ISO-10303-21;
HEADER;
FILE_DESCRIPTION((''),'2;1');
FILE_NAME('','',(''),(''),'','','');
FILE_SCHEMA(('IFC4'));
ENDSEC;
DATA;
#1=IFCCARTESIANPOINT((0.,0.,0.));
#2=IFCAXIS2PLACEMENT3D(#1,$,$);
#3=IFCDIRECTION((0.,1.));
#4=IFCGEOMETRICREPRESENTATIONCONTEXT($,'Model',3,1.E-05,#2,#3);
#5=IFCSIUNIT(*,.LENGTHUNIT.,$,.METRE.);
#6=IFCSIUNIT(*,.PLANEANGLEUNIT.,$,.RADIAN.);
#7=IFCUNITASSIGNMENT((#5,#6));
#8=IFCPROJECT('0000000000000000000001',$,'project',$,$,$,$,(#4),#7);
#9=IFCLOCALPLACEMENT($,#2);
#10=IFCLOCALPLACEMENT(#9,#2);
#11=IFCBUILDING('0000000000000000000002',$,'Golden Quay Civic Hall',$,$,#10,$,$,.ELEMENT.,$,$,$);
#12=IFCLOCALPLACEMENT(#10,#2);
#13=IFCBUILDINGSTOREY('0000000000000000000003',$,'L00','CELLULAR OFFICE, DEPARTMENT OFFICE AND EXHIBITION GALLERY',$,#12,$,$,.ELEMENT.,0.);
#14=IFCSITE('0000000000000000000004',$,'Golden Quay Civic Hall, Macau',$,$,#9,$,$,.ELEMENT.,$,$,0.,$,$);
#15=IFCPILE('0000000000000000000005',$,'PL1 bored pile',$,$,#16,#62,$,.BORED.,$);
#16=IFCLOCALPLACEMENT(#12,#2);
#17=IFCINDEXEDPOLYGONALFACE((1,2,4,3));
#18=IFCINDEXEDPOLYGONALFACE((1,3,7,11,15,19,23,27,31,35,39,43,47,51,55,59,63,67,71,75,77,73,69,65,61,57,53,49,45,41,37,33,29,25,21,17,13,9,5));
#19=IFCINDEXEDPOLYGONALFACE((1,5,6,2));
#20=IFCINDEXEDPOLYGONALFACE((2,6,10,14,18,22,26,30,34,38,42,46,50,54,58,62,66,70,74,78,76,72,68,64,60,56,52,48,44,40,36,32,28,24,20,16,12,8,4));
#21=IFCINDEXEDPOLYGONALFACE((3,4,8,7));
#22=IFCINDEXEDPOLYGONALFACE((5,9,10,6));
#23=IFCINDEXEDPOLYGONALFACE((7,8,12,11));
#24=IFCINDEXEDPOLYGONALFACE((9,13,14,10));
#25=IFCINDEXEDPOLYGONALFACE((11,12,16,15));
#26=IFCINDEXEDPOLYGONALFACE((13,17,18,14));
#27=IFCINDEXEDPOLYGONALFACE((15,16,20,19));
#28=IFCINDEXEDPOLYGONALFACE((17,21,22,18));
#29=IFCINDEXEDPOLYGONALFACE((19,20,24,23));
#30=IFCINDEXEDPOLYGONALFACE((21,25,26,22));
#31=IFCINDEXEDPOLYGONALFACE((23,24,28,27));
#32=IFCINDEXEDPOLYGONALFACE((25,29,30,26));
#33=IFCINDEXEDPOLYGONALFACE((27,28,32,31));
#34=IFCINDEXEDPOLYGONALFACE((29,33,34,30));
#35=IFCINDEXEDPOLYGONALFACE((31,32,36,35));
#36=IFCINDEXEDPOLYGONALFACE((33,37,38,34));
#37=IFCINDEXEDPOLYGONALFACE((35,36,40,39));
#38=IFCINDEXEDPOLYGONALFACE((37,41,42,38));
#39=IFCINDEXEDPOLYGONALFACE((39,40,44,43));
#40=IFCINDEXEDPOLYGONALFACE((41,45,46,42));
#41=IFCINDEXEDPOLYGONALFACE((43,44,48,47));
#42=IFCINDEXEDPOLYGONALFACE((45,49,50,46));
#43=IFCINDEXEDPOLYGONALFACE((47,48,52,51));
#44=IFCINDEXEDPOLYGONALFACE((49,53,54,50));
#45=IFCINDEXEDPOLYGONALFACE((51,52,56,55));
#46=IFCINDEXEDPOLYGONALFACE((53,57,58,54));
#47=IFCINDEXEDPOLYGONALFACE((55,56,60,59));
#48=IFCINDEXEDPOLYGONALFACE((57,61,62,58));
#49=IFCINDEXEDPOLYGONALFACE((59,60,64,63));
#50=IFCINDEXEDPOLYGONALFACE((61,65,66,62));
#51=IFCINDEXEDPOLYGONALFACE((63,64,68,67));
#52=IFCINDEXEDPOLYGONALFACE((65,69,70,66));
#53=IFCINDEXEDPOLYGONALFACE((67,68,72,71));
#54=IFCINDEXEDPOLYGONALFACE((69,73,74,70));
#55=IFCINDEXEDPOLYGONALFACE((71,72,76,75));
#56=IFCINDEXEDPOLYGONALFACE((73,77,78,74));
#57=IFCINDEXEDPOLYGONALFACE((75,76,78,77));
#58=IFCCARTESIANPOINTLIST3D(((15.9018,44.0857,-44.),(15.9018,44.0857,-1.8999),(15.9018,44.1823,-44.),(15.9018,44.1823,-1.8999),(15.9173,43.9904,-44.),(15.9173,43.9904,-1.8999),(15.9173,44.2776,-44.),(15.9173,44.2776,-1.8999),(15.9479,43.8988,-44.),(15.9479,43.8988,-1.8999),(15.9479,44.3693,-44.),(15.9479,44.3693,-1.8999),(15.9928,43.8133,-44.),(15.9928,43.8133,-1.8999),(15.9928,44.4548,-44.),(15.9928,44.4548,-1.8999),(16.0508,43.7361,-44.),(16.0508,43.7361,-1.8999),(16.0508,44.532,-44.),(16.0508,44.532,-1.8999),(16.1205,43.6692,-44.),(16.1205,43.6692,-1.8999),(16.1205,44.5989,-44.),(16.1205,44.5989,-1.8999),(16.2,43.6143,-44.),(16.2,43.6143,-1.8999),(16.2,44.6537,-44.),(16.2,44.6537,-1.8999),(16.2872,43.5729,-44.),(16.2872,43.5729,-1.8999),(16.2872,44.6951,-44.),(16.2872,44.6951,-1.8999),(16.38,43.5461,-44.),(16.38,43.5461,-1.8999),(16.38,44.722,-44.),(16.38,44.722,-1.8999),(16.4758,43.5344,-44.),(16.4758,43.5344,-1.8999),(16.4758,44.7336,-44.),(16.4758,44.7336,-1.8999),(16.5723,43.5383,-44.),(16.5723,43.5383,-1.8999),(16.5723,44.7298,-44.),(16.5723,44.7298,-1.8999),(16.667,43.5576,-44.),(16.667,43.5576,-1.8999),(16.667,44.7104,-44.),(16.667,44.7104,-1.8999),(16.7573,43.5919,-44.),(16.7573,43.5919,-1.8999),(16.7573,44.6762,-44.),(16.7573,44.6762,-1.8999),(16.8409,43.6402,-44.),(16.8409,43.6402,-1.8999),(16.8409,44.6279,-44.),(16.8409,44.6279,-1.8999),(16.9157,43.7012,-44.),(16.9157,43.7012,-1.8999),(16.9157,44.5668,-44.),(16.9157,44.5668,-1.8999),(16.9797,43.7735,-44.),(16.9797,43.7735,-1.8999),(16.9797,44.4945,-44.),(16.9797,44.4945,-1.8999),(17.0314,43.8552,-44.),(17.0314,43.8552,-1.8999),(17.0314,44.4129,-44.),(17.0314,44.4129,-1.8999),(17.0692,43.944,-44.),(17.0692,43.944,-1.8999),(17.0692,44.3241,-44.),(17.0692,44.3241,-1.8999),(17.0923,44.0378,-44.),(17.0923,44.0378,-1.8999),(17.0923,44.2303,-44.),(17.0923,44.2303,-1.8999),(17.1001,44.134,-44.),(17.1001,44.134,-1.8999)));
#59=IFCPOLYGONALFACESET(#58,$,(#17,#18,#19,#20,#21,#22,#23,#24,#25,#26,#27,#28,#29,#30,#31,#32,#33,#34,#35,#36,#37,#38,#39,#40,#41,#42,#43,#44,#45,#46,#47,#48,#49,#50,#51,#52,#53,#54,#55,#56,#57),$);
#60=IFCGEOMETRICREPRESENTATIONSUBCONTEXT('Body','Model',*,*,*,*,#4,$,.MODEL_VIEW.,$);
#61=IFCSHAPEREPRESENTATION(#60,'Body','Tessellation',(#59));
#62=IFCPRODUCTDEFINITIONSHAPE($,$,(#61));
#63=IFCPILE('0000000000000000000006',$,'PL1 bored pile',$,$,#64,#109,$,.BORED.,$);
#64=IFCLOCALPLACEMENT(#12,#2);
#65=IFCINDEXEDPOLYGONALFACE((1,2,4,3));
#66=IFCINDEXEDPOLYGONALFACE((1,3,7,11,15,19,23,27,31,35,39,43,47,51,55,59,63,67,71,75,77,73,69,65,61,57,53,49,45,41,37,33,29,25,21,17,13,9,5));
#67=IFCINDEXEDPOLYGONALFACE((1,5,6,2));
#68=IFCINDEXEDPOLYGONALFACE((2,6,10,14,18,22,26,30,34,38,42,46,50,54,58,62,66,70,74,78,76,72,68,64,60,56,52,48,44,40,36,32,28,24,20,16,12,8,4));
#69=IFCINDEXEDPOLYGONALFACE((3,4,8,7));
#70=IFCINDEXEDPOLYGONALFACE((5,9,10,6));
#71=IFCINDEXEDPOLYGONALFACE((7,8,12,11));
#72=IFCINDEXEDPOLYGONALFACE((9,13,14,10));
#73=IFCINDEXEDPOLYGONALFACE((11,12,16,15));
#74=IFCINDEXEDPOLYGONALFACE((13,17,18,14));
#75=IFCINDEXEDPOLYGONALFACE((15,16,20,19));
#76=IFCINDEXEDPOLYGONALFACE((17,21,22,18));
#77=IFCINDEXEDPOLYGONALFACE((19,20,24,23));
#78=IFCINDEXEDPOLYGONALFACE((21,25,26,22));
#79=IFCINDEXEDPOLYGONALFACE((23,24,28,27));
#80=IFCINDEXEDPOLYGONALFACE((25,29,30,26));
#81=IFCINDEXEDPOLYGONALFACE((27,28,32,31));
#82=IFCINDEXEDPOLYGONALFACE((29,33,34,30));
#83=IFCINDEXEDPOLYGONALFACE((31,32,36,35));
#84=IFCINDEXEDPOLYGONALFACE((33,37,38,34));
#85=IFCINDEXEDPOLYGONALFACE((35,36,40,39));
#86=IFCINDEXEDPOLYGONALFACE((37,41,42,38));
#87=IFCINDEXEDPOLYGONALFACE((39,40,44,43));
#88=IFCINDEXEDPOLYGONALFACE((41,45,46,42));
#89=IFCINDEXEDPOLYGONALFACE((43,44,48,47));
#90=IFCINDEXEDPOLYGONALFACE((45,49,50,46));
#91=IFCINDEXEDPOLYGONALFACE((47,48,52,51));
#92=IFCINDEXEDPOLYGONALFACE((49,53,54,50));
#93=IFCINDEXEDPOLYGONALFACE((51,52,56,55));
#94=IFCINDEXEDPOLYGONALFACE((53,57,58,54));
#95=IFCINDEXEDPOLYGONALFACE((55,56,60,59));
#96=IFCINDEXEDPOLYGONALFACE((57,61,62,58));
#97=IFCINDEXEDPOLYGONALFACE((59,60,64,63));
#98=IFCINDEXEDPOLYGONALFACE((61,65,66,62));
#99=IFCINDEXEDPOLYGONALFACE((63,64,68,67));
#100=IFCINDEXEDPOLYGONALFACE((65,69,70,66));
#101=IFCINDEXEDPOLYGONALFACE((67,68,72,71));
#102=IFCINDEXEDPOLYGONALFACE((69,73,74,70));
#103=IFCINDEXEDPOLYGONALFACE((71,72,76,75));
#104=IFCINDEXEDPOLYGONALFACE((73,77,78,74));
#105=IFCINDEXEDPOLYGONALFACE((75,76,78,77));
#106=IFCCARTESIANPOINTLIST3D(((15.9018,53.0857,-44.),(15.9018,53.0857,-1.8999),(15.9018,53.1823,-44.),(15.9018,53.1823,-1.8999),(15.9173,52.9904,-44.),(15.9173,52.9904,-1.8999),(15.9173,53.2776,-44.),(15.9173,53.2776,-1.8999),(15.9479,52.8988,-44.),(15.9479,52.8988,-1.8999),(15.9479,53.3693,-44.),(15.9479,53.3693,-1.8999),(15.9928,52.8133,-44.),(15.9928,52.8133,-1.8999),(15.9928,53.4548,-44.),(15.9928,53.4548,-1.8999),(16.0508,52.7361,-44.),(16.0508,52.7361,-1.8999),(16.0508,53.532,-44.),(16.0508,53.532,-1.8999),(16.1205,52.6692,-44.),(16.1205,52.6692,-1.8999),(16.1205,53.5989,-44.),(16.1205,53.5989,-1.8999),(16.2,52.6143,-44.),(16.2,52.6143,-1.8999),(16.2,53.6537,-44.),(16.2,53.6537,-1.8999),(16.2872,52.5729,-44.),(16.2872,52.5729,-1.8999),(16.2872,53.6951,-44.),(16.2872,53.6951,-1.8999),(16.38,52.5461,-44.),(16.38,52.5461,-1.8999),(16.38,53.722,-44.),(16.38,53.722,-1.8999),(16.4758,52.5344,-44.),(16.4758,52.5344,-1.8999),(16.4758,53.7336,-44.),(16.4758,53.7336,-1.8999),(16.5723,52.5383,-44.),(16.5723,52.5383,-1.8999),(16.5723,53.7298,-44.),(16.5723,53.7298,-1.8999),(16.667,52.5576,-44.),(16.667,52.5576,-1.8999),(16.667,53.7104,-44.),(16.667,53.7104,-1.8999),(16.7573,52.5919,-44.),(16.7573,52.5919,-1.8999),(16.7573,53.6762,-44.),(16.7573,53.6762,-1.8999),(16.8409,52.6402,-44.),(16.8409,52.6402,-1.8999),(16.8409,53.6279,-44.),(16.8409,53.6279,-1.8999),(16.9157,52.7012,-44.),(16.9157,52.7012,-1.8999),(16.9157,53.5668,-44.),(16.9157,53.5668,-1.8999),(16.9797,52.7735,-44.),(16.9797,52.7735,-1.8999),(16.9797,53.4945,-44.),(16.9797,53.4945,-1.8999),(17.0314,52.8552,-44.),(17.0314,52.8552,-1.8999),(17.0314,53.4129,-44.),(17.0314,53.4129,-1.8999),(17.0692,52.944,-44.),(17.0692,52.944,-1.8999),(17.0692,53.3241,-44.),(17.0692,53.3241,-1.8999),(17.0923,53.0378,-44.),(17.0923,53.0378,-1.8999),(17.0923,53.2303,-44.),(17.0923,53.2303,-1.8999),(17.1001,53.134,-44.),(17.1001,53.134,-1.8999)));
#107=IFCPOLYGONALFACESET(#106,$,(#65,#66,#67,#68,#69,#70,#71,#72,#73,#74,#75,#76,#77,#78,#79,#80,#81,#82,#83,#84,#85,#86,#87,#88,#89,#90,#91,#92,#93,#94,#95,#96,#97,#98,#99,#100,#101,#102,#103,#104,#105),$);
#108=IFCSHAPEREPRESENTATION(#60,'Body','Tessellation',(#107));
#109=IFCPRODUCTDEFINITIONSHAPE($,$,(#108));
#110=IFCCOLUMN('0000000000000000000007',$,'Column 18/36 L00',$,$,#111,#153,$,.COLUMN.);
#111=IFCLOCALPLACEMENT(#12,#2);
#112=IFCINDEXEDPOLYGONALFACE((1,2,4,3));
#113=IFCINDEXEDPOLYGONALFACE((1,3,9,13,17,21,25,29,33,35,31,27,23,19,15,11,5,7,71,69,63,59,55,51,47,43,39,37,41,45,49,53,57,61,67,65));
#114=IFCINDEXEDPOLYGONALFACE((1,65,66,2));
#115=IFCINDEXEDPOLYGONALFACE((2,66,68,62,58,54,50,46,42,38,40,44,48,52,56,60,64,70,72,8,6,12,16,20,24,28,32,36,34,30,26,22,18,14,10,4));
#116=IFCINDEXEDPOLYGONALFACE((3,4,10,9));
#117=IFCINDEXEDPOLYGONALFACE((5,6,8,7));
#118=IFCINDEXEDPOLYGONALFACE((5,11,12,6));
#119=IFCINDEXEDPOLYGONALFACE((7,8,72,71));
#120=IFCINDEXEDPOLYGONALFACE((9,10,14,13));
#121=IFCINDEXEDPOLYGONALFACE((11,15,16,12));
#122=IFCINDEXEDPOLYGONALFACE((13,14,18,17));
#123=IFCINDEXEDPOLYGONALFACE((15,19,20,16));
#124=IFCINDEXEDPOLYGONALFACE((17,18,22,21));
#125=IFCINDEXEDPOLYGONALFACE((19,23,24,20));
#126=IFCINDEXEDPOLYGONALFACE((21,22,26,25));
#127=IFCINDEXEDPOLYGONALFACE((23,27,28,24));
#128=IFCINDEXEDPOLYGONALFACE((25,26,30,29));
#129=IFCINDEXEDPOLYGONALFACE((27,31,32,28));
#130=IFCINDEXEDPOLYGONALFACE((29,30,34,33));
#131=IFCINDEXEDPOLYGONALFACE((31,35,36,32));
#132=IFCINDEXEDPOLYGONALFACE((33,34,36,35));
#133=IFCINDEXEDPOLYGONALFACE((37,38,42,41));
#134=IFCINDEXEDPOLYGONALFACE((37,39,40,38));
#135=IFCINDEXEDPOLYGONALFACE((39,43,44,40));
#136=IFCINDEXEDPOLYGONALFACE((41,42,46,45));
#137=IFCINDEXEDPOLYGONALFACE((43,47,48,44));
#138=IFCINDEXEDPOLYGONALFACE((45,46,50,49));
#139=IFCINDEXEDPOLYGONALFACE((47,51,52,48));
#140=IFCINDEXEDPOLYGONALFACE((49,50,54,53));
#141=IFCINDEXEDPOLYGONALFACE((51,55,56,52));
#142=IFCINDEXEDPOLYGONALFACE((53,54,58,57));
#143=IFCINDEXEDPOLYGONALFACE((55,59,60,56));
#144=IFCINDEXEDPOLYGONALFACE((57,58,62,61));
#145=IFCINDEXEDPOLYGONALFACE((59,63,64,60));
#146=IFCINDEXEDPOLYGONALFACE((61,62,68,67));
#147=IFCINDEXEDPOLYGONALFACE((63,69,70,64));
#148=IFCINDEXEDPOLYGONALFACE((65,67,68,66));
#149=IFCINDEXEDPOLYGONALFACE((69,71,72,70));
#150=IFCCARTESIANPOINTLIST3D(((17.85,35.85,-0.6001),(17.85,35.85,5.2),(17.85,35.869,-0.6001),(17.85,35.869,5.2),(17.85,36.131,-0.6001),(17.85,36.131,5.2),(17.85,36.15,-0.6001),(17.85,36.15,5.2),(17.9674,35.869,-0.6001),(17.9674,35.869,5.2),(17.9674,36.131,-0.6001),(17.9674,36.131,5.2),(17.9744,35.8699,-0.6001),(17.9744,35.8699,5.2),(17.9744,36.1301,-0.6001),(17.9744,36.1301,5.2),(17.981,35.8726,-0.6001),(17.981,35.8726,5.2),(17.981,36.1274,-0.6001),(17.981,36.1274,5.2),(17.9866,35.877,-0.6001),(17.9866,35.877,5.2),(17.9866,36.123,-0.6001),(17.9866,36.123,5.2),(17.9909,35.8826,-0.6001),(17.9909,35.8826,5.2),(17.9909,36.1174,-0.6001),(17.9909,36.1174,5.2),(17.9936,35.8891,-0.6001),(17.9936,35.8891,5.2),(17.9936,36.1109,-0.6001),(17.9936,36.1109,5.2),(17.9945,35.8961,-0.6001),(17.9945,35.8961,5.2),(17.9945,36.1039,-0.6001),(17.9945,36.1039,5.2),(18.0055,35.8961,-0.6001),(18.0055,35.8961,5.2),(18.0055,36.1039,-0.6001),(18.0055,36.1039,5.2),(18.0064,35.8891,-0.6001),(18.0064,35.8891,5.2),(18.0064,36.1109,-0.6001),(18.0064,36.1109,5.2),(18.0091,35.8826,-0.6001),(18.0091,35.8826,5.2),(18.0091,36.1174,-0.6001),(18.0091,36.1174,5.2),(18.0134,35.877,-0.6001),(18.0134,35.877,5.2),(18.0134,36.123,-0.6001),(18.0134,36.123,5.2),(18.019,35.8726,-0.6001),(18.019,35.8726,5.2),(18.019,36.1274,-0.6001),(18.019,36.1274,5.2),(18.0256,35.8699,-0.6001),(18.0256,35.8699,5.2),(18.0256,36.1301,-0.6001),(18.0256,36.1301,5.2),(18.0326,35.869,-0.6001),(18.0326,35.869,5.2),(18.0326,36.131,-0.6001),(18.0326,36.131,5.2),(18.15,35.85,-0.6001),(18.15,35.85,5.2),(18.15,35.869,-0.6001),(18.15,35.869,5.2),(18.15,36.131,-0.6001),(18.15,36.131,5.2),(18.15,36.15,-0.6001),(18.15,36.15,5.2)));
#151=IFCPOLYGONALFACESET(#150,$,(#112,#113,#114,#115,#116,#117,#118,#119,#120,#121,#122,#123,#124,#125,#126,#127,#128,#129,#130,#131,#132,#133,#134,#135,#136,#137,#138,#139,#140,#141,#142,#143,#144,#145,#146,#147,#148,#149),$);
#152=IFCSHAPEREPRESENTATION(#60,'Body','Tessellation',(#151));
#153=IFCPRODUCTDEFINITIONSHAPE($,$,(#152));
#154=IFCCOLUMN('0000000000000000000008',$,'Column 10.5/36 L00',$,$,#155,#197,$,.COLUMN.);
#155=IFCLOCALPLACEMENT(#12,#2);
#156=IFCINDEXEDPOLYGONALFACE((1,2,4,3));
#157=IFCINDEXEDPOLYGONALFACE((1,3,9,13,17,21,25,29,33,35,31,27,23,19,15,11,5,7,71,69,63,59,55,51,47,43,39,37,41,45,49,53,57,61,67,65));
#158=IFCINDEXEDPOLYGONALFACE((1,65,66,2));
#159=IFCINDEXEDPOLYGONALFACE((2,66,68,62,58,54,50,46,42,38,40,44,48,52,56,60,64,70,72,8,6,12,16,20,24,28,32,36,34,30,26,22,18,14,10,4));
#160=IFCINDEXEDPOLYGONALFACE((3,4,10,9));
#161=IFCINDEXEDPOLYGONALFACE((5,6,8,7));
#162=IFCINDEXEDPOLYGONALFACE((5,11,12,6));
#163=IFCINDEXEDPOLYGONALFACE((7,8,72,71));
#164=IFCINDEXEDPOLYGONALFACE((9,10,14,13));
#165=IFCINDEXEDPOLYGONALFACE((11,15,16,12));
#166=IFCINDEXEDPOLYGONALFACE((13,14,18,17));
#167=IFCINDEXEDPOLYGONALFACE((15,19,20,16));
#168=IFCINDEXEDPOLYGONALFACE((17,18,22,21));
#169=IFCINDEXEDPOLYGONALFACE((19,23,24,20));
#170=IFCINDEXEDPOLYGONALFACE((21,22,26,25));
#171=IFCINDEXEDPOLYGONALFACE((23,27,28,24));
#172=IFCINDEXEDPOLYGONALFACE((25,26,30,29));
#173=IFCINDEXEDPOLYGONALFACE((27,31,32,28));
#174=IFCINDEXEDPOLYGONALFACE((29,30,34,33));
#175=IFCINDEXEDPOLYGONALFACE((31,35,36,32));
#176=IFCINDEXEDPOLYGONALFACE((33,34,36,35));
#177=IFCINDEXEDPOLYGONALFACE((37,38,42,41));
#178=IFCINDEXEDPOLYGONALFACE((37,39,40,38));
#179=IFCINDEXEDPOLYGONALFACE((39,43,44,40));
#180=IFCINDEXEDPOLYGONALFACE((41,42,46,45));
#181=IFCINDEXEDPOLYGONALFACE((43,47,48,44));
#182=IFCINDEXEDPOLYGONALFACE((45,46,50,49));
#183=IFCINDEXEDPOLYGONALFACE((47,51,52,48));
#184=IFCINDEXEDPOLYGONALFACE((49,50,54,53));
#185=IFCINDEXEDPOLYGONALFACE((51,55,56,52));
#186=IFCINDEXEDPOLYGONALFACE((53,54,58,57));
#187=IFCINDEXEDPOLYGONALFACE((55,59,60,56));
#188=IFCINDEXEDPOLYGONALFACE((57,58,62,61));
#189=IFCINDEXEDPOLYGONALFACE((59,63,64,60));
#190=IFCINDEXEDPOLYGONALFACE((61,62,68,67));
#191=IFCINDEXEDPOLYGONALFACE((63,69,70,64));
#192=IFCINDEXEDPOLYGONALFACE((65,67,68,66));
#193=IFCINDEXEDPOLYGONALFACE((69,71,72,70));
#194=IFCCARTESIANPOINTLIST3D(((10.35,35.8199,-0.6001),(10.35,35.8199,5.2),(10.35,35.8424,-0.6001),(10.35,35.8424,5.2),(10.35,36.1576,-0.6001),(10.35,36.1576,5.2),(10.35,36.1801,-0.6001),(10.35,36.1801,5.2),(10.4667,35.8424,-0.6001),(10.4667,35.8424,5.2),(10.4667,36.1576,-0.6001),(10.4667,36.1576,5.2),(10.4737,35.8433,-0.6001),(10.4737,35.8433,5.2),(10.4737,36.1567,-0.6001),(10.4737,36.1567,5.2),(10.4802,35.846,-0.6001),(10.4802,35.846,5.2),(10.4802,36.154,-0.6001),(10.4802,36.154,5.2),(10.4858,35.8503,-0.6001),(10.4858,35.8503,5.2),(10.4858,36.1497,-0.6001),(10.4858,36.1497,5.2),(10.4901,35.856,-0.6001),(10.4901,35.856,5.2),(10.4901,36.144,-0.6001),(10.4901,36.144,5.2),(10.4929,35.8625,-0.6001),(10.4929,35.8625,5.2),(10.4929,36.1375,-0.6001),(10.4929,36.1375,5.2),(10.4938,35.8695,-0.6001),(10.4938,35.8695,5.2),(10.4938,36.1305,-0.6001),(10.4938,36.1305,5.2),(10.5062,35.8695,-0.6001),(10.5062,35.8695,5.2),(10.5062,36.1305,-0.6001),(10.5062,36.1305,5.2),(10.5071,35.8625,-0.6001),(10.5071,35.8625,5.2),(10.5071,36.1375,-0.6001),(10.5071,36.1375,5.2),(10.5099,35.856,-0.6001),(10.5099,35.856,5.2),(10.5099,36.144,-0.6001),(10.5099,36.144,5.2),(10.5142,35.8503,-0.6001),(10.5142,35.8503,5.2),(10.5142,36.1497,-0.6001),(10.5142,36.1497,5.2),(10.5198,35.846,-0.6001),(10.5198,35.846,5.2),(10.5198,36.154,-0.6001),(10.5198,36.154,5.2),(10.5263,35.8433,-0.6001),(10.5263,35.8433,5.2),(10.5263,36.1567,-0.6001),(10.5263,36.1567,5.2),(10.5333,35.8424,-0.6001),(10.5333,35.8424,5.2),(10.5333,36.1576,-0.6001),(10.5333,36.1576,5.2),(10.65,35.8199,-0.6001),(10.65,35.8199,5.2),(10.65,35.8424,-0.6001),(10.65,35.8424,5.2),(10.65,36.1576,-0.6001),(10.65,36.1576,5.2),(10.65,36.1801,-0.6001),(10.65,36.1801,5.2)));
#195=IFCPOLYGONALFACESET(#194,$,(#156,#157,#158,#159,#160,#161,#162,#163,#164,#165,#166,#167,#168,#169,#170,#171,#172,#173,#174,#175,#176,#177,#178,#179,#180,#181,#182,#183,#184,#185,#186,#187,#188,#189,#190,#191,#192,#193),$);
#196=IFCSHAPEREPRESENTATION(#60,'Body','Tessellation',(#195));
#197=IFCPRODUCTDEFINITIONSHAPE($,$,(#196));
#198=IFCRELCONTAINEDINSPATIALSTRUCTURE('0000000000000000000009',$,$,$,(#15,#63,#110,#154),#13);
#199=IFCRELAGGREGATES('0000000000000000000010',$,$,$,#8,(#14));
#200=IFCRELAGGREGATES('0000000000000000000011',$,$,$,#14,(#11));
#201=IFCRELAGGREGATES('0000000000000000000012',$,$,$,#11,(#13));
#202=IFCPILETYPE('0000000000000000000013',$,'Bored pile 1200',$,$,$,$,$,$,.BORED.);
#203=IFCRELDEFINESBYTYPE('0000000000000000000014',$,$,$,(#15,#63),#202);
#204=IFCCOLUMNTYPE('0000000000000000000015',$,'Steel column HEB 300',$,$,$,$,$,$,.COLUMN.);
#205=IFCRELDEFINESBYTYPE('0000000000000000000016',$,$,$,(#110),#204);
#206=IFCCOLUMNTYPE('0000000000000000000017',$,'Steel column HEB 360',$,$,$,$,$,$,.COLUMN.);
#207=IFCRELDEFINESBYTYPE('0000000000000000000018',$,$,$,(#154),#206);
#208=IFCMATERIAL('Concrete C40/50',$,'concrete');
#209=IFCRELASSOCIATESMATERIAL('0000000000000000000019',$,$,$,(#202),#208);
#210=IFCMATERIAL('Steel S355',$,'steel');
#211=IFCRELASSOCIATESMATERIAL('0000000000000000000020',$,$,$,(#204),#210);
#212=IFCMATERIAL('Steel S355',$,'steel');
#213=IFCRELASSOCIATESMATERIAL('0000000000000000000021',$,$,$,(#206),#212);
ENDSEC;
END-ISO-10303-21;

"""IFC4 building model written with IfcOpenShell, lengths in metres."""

from ifc_helpers import new_model, si_unit, direction, frame, origin, origin_2d, place, context, subcontext, project, spatial, circle, i_section, extrude, material, material_profile, profile_set, type_object, element, save


model = new_model("IFC4")

# Units and contexts
model_context = context("Model", 3, precision=1e-05, world=origin(), true_north=direction((0.0, 1.0)))
body_context = subcontext(model_context, "Body", "Model", "MODEL_VIEW")
ifc_project = project(units=[si_unit("LENGTHUNIT", "METRE"), si_unit("PLANEANGLEUNIT", "RADIAN")], contexts=[model_context])

# Site, building, storey
site_placement = place(None, origin())
site = spatial("IfcSite", under=ifc_project, at=site_placement, Name="Golden Quay Civic Hall, Macau", CompositionType="ELEMENT", RefElevation=0.0)
building_placement = place(site_placement, origin())
building = spatial("IfcBuilding", under=site, at=building_placement, Name="Golden Quay Civic Hall", CompositionType="ELEMENT")
storey_placement = place(building_placement, origin())
storey = spatial("IfcBuildingStorey", under=building, at=storey_placement, Name="L00", Description="CELLULAR OFFICE, DEPARTMENT OFFICE AND EXHIBITION GALLERY", CompositionType="ELEMENT", Elevation=0.0)

# Piles
ifc_material_1 = material(Name="Concrete C40/50", Category="concrete")
ifc_material_profile_1 = material_profile(ifc_material_1, circle(Radius=0.6001, at=origin_2d()), Name="RC D1200")
ifc_profile_set_1 = profile_set([ifc_material_profile_1], Name="Concrete C40/50")
pile_type = type_object("IfcPileType", Name="Bored pile 1200", PredefinedType="BORED", material=ifc_profile_set_1)
for number, where, z_axis, x_axis, name in (
    (1, (16.5, 44.134, -1.8999), (0.0, 0.0, -1.0), (1.0, 0.0, 0.0), "PL1 bored pile"),
    (2, (16.5, 53.134, -1.8999), (0.0, 0.0, -1.0), (1.0, 0.0, 0.0), "PL1 bored pile"),
):
    element("IfcPile", number, at=place(storey_placement, frame(where, z_axis=z_axis, x_axis=x_axis)), inside=storey, type_object=pile_type, Name=name, PredefinedType="BORED", context=body_context, shape_type="SweptSolid", body=[
        extrude(circle(Radius=0.6001, at=origin_2d()), origin(), (0.0, 0.0, 1.0), 42.1001),
    ])

# Columns
ifc_material_2 = material(Name="Steel S355", Category="steel")
ifc_material_profile_2 = material_profile(ifc_material_2, i_section(OverallWidth=0.3, OverallDepth=0.3, WebThickness=0.011, FlangeThickness=0.019, FilletRadius=0.0271, at=origin_2d()), Name="HEB 300")
ifc_profile_set_2 = profile_set([ifc_material_profile_2], Name="Steel S355")
column_type_1 = type_object("IfcColumnType", Name="Steel column HEB 300", PredefinedType="COLUMN", material=ifc_profile_set_2)
column_placement = place(storey_placement, frame((18.0, 36.0, -0.6001), z_axis=(0.0, 0.0, 1.0), x_axis=(1.0, 0.0, 0.0)))
element("IfcColumn", 3, at=column_placement, inside=storey, type_object=column_type_1, Name="Column 18/36 L00", PredefinedType="COLUMN", context=body_context, shape_type="SweptSolid", body=[
    extrude(i_section(OverallWidth=0.3, OverallDepth=0.3, WebThickness=0.011, FlangeThickness=0.019, FilletRadius=0.0271, at=origin_2d()), origin(), (0.0, 0.0, 1.0), 5.8),
])
ifc_material_3 = material(Name="Steel S355", Category="steel")
ifc_material_profile_3 = material_profile(ifc_material_3, i_section(OverallWidth=0.3, OverallDepth=0.3601, WebThickness=0.0125, FlangeThickness=0.0225, FilletRadius=0.0271, at=origin_2d()), Name="HEB 360")
ifc_profile_set_3 = profile_set([ifc_material_profile_3], Name="Steel S355")
column_type_2 = type_object("IfcColumnType", Name="Steel column HEB 360", PredefinedType="COLUMN", material=ifc_profile_set_3)
for number, where, z_axis, x_axis, name in (
    (4, (10.5, 36.0, -0.6001), (0.0, 0.0, 1.0), (1.0, 0.0, 0.0), "Column 10.5/36 L00"),
):
    element("IfcColumn", number, at=place(storey_placement, frame(where, z_axis=z_axis, x_axis=x_axis)), inside=storey, type_object=column_type_2, Name=name, PredefinedType="COLUMN", context=body_context, shape_type="SweptSolid", body=[
        extrude(i_section(OverallWidth=0.3, OverallDepth=0.3601, WebThickness=0.0125, FlangeThickness=0.0225, FilletRadius=0.0271, at=origin_2d()), origin(), (0.0, 0.0, 1.0), 5.8),
    ])

save(model, "model.ifc")
